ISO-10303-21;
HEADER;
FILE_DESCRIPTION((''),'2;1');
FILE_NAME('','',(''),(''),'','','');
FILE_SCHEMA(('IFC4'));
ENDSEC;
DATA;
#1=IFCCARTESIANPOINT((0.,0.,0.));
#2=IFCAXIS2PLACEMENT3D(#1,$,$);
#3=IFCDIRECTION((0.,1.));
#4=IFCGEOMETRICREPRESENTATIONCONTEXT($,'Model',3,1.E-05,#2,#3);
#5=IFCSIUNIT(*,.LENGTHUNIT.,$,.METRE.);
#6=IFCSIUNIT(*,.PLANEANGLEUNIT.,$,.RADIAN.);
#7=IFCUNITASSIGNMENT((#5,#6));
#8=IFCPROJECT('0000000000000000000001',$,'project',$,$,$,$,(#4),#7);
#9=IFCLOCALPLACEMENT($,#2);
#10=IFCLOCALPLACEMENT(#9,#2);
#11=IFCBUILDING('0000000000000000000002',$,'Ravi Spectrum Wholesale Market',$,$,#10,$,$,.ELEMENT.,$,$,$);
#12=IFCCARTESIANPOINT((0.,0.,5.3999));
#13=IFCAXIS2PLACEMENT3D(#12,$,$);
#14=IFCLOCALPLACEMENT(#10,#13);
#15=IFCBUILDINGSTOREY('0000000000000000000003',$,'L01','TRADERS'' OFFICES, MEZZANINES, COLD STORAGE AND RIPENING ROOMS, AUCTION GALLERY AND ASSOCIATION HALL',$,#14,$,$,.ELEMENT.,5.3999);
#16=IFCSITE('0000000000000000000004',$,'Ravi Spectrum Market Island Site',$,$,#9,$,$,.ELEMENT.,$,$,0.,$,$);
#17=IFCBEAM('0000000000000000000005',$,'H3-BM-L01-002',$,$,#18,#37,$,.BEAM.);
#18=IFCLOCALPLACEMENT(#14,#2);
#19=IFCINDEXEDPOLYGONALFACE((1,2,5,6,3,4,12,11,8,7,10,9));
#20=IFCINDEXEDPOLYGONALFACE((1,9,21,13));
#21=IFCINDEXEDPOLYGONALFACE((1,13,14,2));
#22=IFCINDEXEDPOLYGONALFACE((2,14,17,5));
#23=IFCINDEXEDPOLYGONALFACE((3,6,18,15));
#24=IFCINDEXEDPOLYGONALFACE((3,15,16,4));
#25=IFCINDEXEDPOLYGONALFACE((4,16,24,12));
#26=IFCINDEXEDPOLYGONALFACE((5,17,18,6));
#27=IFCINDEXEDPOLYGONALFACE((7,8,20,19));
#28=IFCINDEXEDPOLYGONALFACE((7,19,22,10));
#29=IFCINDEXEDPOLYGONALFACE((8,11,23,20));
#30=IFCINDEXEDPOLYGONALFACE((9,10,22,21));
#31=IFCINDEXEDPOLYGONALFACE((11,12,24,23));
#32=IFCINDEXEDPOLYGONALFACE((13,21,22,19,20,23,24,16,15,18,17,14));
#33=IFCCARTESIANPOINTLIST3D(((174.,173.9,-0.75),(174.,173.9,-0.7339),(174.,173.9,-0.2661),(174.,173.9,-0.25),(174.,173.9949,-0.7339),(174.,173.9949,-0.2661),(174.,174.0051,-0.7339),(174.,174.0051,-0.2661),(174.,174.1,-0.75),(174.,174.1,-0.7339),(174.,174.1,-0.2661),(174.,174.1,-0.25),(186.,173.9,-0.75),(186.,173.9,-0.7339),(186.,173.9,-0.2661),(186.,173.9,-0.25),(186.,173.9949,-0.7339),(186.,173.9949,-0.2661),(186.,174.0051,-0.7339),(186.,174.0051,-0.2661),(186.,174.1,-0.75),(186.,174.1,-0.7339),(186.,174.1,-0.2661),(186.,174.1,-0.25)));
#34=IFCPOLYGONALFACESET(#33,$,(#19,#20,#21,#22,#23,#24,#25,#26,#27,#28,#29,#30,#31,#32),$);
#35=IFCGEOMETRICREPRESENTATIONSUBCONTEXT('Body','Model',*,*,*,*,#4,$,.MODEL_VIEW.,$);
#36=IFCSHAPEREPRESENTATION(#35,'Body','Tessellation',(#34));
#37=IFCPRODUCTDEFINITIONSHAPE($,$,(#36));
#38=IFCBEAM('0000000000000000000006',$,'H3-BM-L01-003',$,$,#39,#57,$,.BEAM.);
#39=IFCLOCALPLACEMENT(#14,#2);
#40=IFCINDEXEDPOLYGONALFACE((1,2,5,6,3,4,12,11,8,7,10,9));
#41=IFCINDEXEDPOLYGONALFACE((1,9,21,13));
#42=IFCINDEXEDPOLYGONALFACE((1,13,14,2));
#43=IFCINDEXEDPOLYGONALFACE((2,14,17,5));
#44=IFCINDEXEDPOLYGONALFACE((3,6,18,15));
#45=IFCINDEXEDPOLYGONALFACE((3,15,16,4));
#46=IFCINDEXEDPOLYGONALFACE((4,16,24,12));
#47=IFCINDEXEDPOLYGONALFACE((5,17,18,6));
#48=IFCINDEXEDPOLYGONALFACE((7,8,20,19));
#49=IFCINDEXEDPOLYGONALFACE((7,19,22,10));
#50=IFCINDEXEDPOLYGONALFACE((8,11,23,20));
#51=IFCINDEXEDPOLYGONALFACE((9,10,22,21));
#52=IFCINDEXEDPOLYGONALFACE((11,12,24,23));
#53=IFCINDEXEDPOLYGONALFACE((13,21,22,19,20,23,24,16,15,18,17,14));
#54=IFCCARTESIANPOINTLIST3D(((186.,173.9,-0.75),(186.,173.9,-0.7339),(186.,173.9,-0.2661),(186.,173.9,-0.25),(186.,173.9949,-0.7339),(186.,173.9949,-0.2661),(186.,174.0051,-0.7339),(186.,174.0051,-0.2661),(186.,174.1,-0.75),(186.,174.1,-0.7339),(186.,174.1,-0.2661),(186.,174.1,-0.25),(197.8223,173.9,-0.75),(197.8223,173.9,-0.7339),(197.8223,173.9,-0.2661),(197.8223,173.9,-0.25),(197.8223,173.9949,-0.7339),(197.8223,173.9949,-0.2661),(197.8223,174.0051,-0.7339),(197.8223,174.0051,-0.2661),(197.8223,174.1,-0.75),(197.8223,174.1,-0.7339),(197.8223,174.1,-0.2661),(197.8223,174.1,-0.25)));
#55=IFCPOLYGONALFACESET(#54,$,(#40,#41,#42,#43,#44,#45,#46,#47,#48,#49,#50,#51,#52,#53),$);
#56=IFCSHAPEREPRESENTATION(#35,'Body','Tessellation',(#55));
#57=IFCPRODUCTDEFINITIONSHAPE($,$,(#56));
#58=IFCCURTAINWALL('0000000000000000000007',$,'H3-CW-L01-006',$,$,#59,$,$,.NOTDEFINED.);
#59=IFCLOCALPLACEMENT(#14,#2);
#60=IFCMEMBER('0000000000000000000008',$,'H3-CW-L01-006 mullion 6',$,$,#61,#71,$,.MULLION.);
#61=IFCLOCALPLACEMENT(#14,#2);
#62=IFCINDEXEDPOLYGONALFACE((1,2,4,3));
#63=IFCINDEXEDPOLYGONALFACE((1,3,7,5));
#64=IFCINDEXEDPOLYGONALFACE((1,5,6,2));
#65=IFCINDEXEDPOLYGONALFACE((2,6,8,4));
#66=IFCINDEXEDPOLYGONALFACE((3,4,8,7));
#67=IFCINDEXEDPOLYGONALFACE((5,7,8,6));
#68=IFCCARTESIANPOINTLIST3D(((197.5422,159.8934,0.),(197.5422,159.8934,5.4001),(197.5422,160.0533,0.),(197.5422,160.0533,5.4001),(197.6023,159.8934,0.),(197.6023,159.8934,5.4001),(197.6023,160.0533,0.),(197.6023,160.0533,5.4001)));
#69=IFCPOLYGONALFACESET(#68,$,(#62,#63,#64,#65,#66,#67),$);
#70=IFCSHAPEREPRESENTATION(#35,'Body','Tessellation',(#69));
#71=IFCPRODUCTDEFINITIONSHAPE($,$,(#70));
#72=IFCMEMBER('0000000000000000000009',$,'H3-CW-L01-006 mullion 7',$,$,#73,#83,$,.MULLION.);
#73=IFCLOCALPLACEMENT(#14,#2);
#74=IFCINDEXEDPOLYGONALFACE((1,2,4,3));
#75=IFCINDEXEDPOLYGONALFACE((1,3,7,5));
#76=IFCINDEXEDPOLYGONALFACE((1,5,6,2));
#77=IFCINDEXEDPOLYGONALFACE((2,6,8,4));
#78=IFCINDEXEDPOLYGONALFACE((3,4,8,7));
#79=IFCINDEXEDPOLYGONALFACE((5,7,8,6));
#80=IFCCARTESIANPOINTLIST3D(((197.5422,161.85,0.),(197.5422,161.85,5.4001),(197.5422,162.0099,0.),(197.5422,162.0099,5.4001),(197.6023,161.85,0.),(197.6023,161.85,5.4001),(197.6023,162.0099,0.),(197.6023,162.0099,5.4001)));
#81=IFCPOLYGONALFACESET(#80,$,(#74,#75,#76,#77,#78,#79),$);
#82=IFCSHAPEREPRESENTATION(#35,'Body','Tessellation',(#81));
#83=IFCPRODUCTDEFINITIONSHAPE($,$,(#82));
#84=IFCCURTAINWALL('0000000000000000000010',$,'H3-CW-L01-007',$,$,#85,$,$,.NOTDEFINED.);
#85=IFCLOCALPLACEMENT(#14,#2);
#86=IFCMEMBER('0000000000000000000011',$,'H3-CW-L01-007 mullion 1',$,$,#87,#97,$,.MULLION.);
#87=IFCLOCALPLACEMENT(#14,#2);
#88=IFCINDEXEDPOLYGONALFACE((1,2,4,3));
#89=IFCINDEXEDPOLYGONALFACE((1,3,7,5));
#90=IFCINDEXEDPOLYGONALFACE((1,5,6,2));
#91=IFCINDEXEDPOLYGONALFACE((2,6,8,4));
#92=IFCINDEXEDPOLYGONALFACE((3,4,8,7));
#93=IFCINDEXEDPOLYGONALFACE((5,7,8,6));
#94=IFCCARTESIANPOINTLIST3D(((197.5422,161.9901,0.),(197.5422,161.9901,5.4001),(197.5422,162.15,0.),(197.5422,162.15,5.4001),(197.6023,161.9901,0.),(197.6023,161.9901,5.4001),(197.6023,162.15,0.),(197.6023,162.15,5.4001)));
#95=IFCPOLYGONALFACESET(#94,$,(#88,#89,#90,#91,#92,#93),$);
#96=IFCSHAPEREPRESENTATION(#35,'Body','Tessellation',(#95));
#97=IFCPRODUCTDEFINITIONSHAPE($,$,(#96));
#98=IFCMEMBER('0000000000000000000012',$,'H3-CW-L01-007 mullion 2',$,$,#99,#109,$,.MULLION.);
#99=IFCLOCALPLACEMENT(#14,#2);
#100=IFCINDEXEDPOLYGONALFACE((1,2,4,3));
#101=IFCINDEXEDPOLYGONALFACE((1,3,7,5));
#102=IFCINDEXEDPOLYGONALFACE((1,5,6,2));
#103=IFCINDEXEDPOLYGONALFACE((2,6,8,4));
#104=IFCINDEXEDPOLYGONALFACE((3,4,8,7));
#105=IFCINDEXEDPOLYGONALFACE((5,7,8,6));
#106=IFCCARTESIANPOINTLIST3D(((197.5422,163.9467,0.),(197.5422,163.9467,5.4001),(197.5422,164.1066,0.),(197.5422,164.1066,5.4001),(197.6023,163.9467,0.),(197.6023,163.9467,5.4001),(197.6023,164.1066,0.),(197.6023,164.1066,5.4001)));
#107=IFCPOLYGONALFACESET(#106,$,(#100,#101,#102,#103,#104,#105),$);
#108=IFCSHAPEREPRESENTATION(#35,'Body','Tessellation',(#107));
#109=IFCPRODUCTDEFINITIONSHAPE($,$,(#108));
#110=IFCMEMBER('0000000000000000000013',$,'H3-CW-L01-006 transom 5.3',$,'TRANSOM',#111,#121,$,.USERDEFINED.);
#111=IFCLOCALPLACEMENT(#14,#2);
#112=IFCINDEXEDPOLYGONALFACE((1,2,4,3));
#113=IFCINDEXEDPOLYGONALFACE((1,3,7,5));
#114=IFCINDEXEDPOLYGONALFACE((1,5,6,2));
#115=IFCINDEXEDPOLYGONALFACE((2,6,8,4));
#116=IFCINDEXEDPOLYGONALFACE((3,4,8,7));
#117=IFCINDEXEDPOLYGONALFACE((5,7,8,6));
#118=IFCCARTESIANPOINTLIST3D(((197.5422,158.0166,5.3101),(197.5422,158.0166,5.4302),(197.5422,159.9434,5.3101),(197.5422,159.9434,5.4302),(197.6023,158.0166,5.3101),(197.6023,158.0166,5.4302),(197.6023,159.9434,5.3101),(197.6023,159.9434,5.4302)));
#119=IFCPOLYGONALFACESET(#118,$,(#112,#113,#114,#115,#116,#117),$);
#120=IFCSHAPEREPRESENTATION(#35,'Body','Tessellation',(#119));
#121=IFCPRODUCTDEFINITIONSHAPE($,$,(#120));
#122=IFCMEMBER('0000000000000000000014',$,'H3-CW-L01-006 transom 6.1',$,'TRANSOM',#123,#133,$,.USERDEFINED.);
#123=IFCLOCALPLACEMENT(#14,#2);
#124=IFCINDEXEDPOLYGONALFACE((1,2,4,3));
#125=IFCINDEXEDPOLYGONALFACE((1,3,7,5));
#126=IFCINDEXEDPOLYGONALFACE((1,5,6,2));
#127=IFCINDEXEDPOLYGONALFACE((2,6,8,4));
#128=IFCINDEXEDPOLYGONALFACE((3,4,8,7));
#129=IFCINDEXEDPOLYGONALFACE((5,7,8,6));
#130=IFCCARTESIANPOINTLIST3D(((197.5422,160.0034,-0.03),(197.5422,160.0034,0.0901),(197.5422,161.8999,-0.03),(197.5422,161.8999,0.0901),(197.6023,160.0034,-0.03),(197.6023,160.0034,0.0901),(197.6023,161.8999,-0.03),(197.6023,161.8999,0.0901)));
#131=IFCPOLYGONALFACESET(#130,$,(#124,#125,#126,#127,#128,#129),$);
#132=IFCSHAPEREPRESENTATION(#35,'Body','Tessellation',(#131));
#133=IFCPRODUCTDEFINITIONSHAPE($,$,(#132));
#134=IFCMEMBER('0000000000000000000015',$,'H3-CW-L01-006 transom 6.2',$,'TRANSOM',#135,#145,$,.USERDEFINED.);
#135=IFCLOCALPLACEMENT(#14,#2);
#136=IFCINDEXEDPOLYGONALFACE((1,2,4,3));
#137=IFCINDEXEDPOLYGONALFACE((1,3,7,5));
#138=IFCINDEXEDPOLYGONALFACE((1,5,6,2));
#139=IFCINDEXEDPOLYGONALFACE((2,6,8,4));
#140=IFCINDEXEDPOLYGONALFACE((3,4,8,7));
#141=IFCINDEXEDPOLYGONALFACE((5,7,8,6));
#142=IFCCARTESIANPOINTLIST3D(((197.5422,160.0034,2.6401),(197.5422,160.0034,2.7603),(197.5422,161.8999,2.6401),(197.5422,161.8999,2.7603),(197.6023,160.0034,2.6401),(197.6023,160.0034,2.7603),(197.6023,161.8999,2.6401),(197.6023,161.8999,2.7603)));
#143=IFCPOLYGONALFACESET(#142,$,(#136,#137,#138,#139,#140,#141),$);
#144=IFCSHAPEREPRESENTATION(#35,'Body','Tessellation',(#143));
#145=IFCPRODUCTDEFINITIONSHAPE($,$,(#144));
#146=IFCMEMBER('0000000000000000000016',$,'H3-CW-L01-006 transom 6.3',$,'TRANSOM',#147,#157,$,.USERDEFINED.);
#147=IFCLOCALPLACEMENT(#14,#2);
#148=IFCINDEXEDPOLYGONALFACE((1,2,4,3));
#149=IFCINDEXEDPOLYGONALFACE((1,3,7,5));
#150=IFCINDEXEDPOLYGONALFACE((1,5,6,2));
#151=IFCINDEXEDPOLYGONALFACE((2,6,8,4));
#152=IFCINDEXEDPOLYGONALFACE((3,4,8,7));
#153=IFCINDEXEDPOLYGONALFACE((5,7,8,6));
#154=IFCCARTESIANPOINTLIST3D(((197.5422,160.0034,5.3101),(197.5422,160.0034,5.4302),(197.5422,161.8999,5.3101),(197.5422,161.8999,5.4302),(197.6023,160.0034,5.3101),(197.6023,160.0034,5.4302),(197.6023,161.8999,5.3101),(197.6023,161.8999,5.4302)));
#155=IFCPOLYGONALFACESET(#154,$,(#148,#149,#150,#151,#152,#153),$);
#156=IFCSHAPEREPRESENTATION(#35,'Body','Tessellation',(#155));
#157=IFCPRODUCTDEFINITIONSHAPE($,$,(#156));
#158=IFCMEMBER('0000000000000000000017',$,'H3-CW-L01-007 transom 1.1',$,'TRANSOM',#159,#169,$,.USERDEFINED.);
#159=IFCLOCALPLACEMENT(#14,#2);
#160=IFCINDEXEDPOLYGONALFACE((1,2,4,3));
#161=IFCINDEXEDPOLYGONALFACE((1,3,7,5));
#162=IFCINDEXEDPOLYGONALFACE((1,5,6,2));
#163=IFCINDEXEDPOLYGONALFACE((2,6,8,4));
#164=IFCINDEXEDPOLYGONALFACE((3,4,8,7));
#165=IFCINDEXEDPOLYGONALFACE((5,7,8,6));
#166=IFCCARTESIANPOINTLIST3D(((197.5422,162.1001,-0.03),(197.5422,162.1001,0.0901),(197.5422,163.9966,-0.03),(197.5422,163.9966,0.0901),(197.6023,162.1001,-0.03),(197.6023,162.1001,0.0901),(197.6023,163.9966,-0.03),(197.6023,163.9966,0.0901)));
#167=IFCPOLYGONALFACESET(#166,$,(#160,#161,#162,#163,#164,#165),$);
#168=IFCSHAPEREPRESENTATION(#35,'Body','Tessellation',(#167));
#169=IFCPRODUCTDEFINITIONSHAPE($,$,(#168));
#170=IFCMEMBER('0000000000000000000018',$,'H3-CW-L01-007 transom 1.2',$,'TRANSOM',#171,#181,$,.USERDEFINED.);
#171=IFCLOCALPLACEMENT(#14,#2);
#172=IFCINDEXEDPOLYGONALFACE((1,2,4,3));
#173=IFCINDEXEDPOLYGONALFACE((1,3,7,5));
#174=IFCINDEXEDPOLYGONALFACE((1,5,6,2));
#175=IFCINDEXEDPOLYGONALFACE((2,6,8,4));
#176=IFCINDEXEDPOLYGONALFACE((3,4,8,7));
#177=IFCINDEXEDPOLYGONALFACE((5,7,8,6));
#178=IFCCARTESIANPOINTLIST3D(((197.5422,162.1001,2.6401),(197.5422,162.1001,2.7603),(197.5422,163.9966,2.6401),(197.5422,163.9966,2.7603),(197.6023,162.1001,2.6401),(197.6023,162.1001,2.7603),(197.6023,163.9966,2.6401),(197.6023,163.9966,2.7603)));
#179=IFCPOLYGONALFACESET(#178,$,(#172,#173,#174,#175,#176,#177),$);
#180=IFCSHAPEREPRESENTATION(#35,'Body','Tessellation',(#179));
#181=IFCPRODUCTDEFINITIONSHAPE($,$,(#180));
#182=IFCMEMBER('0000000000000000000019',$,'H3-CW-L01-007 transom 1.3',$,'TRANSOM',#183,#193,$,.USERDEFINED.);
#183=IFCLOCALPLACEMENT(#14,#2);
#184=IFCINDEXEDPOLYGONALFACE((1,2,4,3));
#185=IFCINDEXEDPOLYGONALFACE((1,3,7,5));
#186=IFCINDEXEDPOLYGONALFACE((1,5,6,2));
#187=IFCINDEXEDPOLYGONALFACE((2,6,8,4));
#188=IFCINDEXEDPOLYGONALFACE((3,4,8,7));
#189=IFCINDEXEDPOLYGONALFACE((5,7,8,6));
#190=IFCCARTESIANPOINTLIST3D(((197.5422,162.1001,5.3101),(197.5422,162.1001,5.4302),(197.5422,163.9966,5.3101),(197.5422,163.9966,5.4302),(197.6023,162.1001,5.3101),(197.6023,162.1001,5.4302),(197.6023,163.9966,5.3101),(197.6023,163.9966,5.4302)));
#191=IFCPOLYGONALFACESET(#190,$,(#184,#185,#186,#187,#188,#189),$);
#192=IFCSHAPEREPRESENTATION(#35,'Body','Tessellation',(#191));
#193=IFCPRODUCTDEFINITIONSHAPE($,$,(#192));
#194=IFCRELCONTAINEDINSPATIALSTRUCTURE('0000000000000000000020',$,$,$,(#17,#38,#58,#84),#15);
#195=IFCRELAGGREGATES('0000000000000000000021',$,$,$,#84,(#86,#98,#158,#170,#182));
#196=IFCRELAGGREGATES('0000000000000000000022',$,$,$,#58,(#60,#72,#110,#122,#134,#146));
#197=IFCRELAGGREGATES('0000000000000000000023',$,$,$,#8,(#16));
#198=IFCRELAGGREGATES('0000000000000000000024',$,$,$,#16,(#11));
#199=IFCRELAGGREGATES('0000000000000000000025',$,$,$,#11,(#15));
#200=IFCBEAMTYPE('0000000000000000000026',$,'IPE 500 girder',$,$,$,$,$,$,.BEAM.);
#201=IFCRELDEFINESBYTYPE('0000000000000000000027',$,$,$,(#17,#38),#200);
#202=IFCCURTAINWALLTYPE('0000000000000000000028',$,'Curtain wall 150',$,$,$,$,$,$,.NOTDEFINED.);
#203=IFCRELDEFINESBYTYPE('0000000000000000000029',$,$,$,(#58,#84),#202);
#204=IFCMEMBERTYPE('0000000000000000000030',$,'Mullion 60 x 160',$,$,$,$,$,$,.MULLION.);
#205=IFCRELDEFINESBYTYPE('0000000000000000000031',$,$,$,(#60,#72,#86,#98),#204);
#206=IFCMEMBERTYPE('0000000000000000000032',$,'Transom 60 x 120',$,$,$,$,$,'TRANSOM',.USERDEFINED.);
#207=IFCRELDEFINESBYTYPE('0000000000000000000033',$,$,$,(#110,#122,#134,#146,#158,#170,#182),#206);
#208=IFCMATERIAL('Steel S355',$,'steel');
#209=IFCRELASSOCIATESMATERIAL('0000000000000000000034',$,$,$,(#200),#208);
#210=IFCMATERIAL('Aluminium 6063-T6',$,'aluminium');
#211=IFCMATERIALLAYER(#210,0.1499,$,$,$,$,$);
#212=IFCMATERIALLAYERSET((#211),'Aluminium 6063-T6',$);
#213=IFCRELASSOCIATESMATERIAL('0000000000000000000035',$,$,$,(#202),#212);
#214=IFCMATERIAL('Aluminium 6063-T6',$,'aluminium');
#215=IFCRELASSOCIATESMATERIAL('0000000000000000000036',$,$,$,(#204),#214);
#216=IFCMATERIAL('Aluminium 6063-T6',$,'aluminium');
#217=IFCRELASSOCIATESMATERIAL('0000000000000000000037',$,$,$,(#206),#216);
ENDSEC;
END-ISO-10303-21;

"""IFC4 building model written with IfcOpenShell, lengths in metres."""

from ifc_helpers import new_model, si_unit, direction, frame, origin, origin_2d, place, context, subcontext, project, spatial, rectangle, i_section, extrude, material, layer, layer_set, material_profile, profile_set, type_object, element, aggregate, save


model = new_model("IFC4")

# Units and contexts
model_context = context("Model", 3, precision=1e-05, world=origin(), true_north=direction((0.0, 1.0)))
body_context = subcontext(model_context, "Body", "Model", "MODEL_VIEW")
ifc_project = project(units=[si_unit("LENGTHUNIT", "METRE"), si_unit("PLANEANGLEUNIT", "RADIAN")], contexts=[model_context])

# Site, building, storey
site_placement = place(None, origin())
site = spatial("IfcSite", under=ifc_project, at=site_placement, Name="Ravi Spectrum Market Island Site", CompositionType="ELEMENT", RefElevation=0.0)
building_placement = place(site_placement, origin())
building = spatial("IfcBuilding", under=site, at=building_placement, Name="Ravi Spectrum Wholesale Market", CompositionType="ELEMENT")
storey_placement = place(building_placement, frame((0.0, 0.0, 5.3999)))
storey = spatial("IfcBuildingStorey", under=building, at=storey_placement, Name="L01", Description="TRADERS' OFFICES, MEZZANINES, COLD STORAGE AND RIPENING ROOMS, AUCTION GALLERY AND ASSOCIATION HALL", CompositionType="ELEMENT", Elevation=5.3999)

# Beams
ifc_material_1 = material(Name="Steel S355", Category="steel")
ifc_material_profile_1 = material_profile(ifc_material_1, i_section(OverallWidth=0.2, OverallDepth=0.5, WebThickness=0.0103, FlangeThickness=0.0161, at=origin_2d()))
ifc_profile_set_1 = profile_set([ifc_material_profile_1], Name="Steel S355")
beam_type = type_object("IfcBeamType", Name="IPE 500 girder", PredefinedType="BEAM", material=ifc_profile_set_1)
beam_1_placement = place(storey_placement, frame((174.0, 174.0, -0.5), z_axis=(1.0, 0.0, 0.0), x_axis=(0.0, 1.0, 0.0)))
element("IfcBeam", 1, at=beam_1_placement, inside=storey, type_object=beam_type, Name="H3-BM-L01-002", PredefinedType="BEAM", context=body_context, shape_type="SweptSolid", body=[
    extrude(i_section(OverallWidth=0.2, OverallDepth=0.5, WebThickness=0.0103, FlangeThickness=0.0161, at=origin_2d()), origin(), (0.0, 0.0, 1.0), 12.0),
])
beam_2_placement = place(storey_placement, frame((186.0, 174.0, -0.5), z_axis=(1.0, 0.0, 0.0), x_axis=(0.0, 1.0, 0.0)))
element("IfcBeam", 2, at=beam_2_placement, inside=storey, type_object=beam_type, Name="H3-BM-L01-003", PredefinedType="BEAM", context=body_context, shape_type="SweptSolid", body=[
    extrude(i_section(OverallWidth=0.2, OverallDepth=0.5, WebThickness=0.0103, FlangeThickness=0.0161, at=origin_2d()), origin(), (0.0, 0.0, 1.0), 11.8223),
])

# Curtain walls, members
ifc_material_2 = material(Name="Aluminium 6063-T6", Category="aluminium")
ifc_layer_1 = layer(ifc_material_2, 0.1499)
ifc_layer_set_1 = layer_set([ifc_layer_1], Name="Aluminium 6063-T6")
curtain_wall_type = type_object("IfcCurtainWallType", Name="Curtain wall 150", PredefinedType="NOTDEFINED", material=ifc_layer_set_1)
curtain_wall_1_placement = place(storey_placement, origin())
curtain_wall_1 = element("IfcCurtainWall", 3, at=curtain_wall_1_placement, inside=storey, type_object=curtain_wall_type, Name="H3-CW-L01-006", PredefinedType="NOTDEFINED")
ifc_material_3 = material(Name="Aluminium 6063-T6", Category="aluminium")
ifc_material_profile_2 = material_profile(ifc_material_3, rectangle(XDim=0.0601, YDim=0.1599, at=origin_2d()))
ifc_profile_set_2 = profile_set([ifc_material_profile_2], Name="Aluminium 6063-T6")
member_type_1 = type_object("IfcMemberType", Name="Mullion 60 x 160", PredefinedType="MULLION", material=ifc_profile_set_2)
member_1_placement = place(storey_placement, frame((197.5723, 159.9734, 0.0), z_axis=(0.0, 0.0, 1.0), x_axis=(-1.0, 0.0, 0.0)))
member_1 = element("IfcMember", 4, at=member_1_placement, type_object=member_type_1, Name="H3-CW-L01-006 mullion 6", PredefinedType="MULLION", context=body_context, shape_type="SweptSolid", body=[
    extrude(rectangle(XDim=0.0601, YDim=0.1599, at=origin_2d()), origin(), (0.0, 0.0, 1.0), 5.4001),
])
member_2_placement = place(storey_placement, frame((197.5723, 161.9299, 0.0), z_axis=(0.0, 0.0, 1.0), x_axis=(-1.0, 0.0, 0.0)))
member_2 = element("IfcMember", 5, at=member_2_placement, type_object=member_type_1, Name="H3-CW-L01-006 mullion 7", PredefinedType="MULLION", context=body_context, shape_type="SweptSolid", body=[
    extrude(rectangle(XDim=0.0601, YDim=0.1599, at=origin_2d()), origin(), (0.0, 0.0, 1.0), 5.4001),
])
curtain_wall_2_placement = place(storey_placement, origin())
curtain_wall_2 = element("IfcCurtainWall", 6, at=curtain_wall_2_placement, inside=storey, type_object=curtain_wall_type, Name="H3-CW-L01-007", PredefinedType="NOTDEFINED")
member_3_placement = place(storey_placement, frame((197.5723, 162.0701, 0.0), z_axis=(0.0, 0.0, 1.0), x_axis=(-1.0, 0.0, 0.0)))
member_3 = element("IfcMember", 7, at=member_3_placement, type_object=member_type_1, Name="H3-CW-L01-007 mullion 1", PredefinedType="MULLION", context=body_context, shape_type="SweptSolid", body=[
    extrude(rectangle(XDim=0.0601, YDim=0.1599, at=origin_2d()), origin(), (0.0, 0.0, 1.0), 5.4001),
])
member_4_placement = place(storey_placement, frame((197.5723, 164.0266, 0.0), z_axis=(0.0, 0.0, 1.0), x_axis=(-1.0, 0.0, 0.0)))
member_4 = element("IfcMember", 8, at=member_4_placement, type_object=member_type_1, Name="H3-CW-L01-007 mullion 2", PredefinedType="MULLION", context=body_context, shape_type="SweptSolid", body=[
    extrude(rectangle(XDim=0.0601, YDim=0.1599, at=origin_2d()), origin(), (0.0, 0.0, 1.0), 5.4001),
])

# Members
ifc_material_4 = material(Name="Aluminium 6063-T6", Category="aluminium")
ifc_material_profile_3 = material_profile(ifc_material_4, rectangle(XDim=0.0601, YDim=0.1201, at=origin_2d()))
ifc_profile_set_3 = profile_set([ifc_material_profile_3], Name="Aluminium 6063-T6")
member_type_2 = type_object("IfcMemberType", Name="Transom 60 x 120", ElementType="TRANSOM", PredefinedType="USERDEFINED", material=ifc_profile_set_3)
member_5_placement = place(storey_placement, frame((197.5723, 158.0166, 5.3701), z_axis=(0.0, 1.0, 0.0), x_axis=(-1.0, 0.0, 0.0)))
member_5 = element("IfcMember", 9, at=member_5_placement, type_object=member_type_2, Name="H3-CW-L01-006 transom 5.3", ObjectType="TRANSOM", PredefinedType="USERDEFINED", context=body_context, shape_type="SweptSolid", body=[
    extrude(rectangle(XDim=0.0601, YDim=0.1201, at=origin_2d()), origin(), (0.0, 0.0, 1.0), 1.9268),
])
member_6_placement = place(storey_placement, frame((197.5723, 160.0034, 0.03), z_axis=(0.0, 1.0, 0.0), x_axis=(-1.0, 0.0, 0.0)))
member_6 = element("IfcMember", 10, at=member_6_placement, type_object=member_type_2, Name="H3-CW-L01-006 transom 6.1", ObjectType="TRANSOM", PredefinedType="USERDEFINED", context=body_context, shape_type="SweptSolid", body=[
    extrude(rectangle(XDim=0.0601, YDim=0.1201, at=origin_2d()), origin(), (0.0, 0.0, 1.0), 1.8965),
])
member_7_placement = place(storey_placement, frame((197.5723, 160.0034, 2.7002), z_axis=(0.0, 1.0, 0.0), x_axis=(-1.0, 0.0, 0.0)))
member_7 = element("IfcMember", 11, at=member_7_placement, type_object=member_type_2, Name="H3-CW-L01-006 transom 6.2", ObjectType="TRANSOM", PredefinedType="USERDEFINED", context=body_context, shape_type="SweptSolid", body=[
    extrude(rectangle(XDim=0.0601, YDim=0.1201, at=origin_2d()), origin(), (0.0, 0.0, 1.0), 1.8965),
])
member_8_placement = place(storey_placement, frame((197.5723, 160.0034, 5.3701), z_axis=(0.0, 1.0, 0.0), x_axis=(-1.0, 0.0, 0.0)))
member_8 = element("IfcMember", 12, at=member_8_placement, type_object=member_type_2, Name="H3-CW-L01-006 transom 6.3", ObjectType="TRANSOM", PredefinedType="USERDEFINED", context=body_context, shape_type="SweptSolid", body=[
    extrude(rectangle(XDim=0.0601, YDim=0.1201, at=origin_2d()), origin(), (0.0, 0.0, 1.0), 1.8965),
])
member_9_placement = place(storey_placement, frame((197.5723, 162.1001, 0.03), z_axis=(0.0, 1.0, 0.0), x_axis=(-1.0, 0.0, 0.0)))
member_9 = element("IfcMember", 13, at=member_9_placement, type_object=member_type_2, Name="H3-CW-L01-007 transom 1.1", ObjectType="TRANSOM", PredefinedType="USERDEFINED", context=body_context, shape_type="SweptSolid", body=[
    extrude(rectangle(XDim=0.0601, YDim=0.1201, at=origin_2d()), origin(), (0.0, 0.0, 1.0), 1.8965),
])
member_10_placement = place(storey_placement, frame((197.5723, 162.1001, 2.7002), z_axis=(0.0, 1.0, 0.0), x_axis=(-1.0, 0.0, 0.0)))
member_10 = element("IfcMember", 14, at=member_10_placement, type_object=member_type_2, Name="H3-CW-L01-007 transom 1.2", ObjectType="TRANSOM", PredefinedType="USERDEFINED", context=body_context, shape_type="SweptSolid", body=[
    extrude(rectangle(XDim=0.0601, YDim=0.1201, at=origin_2d()), origin(), (0.0, 0.0, 1.0), 1.8965),
])
member_11_placement = place(storey_placement, frame((197.5723, 162.1001, 5.3701), z_axis=(0.0, 1.0, 0.0), x_axis=(-1.0, 0.0, 0.0)))
member_11 = element("IfcMember", 15, at=member_11_placement, type_object=member_type_2, Name="H3-CW-L01-007 transom 1.3", ObjectType="TRANSOM", PredefinedType="USERDEFINED", context=body_context, shape_type="SweptSolid", body=[
    extrude(rectangle(XDim=0.0601, YDim=0.1201, at=origin_2d()), origin(), (0.0, 0.0, 1.0), 1.8965),
])

aggregate(curtain_wall_2, [member_3, member_4, member_9, member_10, member_11])
aggregate(curtain_wall_1, [member_1, member_2, member_5, member_6, member_7, member_8])

save(model, "model.ifc")
